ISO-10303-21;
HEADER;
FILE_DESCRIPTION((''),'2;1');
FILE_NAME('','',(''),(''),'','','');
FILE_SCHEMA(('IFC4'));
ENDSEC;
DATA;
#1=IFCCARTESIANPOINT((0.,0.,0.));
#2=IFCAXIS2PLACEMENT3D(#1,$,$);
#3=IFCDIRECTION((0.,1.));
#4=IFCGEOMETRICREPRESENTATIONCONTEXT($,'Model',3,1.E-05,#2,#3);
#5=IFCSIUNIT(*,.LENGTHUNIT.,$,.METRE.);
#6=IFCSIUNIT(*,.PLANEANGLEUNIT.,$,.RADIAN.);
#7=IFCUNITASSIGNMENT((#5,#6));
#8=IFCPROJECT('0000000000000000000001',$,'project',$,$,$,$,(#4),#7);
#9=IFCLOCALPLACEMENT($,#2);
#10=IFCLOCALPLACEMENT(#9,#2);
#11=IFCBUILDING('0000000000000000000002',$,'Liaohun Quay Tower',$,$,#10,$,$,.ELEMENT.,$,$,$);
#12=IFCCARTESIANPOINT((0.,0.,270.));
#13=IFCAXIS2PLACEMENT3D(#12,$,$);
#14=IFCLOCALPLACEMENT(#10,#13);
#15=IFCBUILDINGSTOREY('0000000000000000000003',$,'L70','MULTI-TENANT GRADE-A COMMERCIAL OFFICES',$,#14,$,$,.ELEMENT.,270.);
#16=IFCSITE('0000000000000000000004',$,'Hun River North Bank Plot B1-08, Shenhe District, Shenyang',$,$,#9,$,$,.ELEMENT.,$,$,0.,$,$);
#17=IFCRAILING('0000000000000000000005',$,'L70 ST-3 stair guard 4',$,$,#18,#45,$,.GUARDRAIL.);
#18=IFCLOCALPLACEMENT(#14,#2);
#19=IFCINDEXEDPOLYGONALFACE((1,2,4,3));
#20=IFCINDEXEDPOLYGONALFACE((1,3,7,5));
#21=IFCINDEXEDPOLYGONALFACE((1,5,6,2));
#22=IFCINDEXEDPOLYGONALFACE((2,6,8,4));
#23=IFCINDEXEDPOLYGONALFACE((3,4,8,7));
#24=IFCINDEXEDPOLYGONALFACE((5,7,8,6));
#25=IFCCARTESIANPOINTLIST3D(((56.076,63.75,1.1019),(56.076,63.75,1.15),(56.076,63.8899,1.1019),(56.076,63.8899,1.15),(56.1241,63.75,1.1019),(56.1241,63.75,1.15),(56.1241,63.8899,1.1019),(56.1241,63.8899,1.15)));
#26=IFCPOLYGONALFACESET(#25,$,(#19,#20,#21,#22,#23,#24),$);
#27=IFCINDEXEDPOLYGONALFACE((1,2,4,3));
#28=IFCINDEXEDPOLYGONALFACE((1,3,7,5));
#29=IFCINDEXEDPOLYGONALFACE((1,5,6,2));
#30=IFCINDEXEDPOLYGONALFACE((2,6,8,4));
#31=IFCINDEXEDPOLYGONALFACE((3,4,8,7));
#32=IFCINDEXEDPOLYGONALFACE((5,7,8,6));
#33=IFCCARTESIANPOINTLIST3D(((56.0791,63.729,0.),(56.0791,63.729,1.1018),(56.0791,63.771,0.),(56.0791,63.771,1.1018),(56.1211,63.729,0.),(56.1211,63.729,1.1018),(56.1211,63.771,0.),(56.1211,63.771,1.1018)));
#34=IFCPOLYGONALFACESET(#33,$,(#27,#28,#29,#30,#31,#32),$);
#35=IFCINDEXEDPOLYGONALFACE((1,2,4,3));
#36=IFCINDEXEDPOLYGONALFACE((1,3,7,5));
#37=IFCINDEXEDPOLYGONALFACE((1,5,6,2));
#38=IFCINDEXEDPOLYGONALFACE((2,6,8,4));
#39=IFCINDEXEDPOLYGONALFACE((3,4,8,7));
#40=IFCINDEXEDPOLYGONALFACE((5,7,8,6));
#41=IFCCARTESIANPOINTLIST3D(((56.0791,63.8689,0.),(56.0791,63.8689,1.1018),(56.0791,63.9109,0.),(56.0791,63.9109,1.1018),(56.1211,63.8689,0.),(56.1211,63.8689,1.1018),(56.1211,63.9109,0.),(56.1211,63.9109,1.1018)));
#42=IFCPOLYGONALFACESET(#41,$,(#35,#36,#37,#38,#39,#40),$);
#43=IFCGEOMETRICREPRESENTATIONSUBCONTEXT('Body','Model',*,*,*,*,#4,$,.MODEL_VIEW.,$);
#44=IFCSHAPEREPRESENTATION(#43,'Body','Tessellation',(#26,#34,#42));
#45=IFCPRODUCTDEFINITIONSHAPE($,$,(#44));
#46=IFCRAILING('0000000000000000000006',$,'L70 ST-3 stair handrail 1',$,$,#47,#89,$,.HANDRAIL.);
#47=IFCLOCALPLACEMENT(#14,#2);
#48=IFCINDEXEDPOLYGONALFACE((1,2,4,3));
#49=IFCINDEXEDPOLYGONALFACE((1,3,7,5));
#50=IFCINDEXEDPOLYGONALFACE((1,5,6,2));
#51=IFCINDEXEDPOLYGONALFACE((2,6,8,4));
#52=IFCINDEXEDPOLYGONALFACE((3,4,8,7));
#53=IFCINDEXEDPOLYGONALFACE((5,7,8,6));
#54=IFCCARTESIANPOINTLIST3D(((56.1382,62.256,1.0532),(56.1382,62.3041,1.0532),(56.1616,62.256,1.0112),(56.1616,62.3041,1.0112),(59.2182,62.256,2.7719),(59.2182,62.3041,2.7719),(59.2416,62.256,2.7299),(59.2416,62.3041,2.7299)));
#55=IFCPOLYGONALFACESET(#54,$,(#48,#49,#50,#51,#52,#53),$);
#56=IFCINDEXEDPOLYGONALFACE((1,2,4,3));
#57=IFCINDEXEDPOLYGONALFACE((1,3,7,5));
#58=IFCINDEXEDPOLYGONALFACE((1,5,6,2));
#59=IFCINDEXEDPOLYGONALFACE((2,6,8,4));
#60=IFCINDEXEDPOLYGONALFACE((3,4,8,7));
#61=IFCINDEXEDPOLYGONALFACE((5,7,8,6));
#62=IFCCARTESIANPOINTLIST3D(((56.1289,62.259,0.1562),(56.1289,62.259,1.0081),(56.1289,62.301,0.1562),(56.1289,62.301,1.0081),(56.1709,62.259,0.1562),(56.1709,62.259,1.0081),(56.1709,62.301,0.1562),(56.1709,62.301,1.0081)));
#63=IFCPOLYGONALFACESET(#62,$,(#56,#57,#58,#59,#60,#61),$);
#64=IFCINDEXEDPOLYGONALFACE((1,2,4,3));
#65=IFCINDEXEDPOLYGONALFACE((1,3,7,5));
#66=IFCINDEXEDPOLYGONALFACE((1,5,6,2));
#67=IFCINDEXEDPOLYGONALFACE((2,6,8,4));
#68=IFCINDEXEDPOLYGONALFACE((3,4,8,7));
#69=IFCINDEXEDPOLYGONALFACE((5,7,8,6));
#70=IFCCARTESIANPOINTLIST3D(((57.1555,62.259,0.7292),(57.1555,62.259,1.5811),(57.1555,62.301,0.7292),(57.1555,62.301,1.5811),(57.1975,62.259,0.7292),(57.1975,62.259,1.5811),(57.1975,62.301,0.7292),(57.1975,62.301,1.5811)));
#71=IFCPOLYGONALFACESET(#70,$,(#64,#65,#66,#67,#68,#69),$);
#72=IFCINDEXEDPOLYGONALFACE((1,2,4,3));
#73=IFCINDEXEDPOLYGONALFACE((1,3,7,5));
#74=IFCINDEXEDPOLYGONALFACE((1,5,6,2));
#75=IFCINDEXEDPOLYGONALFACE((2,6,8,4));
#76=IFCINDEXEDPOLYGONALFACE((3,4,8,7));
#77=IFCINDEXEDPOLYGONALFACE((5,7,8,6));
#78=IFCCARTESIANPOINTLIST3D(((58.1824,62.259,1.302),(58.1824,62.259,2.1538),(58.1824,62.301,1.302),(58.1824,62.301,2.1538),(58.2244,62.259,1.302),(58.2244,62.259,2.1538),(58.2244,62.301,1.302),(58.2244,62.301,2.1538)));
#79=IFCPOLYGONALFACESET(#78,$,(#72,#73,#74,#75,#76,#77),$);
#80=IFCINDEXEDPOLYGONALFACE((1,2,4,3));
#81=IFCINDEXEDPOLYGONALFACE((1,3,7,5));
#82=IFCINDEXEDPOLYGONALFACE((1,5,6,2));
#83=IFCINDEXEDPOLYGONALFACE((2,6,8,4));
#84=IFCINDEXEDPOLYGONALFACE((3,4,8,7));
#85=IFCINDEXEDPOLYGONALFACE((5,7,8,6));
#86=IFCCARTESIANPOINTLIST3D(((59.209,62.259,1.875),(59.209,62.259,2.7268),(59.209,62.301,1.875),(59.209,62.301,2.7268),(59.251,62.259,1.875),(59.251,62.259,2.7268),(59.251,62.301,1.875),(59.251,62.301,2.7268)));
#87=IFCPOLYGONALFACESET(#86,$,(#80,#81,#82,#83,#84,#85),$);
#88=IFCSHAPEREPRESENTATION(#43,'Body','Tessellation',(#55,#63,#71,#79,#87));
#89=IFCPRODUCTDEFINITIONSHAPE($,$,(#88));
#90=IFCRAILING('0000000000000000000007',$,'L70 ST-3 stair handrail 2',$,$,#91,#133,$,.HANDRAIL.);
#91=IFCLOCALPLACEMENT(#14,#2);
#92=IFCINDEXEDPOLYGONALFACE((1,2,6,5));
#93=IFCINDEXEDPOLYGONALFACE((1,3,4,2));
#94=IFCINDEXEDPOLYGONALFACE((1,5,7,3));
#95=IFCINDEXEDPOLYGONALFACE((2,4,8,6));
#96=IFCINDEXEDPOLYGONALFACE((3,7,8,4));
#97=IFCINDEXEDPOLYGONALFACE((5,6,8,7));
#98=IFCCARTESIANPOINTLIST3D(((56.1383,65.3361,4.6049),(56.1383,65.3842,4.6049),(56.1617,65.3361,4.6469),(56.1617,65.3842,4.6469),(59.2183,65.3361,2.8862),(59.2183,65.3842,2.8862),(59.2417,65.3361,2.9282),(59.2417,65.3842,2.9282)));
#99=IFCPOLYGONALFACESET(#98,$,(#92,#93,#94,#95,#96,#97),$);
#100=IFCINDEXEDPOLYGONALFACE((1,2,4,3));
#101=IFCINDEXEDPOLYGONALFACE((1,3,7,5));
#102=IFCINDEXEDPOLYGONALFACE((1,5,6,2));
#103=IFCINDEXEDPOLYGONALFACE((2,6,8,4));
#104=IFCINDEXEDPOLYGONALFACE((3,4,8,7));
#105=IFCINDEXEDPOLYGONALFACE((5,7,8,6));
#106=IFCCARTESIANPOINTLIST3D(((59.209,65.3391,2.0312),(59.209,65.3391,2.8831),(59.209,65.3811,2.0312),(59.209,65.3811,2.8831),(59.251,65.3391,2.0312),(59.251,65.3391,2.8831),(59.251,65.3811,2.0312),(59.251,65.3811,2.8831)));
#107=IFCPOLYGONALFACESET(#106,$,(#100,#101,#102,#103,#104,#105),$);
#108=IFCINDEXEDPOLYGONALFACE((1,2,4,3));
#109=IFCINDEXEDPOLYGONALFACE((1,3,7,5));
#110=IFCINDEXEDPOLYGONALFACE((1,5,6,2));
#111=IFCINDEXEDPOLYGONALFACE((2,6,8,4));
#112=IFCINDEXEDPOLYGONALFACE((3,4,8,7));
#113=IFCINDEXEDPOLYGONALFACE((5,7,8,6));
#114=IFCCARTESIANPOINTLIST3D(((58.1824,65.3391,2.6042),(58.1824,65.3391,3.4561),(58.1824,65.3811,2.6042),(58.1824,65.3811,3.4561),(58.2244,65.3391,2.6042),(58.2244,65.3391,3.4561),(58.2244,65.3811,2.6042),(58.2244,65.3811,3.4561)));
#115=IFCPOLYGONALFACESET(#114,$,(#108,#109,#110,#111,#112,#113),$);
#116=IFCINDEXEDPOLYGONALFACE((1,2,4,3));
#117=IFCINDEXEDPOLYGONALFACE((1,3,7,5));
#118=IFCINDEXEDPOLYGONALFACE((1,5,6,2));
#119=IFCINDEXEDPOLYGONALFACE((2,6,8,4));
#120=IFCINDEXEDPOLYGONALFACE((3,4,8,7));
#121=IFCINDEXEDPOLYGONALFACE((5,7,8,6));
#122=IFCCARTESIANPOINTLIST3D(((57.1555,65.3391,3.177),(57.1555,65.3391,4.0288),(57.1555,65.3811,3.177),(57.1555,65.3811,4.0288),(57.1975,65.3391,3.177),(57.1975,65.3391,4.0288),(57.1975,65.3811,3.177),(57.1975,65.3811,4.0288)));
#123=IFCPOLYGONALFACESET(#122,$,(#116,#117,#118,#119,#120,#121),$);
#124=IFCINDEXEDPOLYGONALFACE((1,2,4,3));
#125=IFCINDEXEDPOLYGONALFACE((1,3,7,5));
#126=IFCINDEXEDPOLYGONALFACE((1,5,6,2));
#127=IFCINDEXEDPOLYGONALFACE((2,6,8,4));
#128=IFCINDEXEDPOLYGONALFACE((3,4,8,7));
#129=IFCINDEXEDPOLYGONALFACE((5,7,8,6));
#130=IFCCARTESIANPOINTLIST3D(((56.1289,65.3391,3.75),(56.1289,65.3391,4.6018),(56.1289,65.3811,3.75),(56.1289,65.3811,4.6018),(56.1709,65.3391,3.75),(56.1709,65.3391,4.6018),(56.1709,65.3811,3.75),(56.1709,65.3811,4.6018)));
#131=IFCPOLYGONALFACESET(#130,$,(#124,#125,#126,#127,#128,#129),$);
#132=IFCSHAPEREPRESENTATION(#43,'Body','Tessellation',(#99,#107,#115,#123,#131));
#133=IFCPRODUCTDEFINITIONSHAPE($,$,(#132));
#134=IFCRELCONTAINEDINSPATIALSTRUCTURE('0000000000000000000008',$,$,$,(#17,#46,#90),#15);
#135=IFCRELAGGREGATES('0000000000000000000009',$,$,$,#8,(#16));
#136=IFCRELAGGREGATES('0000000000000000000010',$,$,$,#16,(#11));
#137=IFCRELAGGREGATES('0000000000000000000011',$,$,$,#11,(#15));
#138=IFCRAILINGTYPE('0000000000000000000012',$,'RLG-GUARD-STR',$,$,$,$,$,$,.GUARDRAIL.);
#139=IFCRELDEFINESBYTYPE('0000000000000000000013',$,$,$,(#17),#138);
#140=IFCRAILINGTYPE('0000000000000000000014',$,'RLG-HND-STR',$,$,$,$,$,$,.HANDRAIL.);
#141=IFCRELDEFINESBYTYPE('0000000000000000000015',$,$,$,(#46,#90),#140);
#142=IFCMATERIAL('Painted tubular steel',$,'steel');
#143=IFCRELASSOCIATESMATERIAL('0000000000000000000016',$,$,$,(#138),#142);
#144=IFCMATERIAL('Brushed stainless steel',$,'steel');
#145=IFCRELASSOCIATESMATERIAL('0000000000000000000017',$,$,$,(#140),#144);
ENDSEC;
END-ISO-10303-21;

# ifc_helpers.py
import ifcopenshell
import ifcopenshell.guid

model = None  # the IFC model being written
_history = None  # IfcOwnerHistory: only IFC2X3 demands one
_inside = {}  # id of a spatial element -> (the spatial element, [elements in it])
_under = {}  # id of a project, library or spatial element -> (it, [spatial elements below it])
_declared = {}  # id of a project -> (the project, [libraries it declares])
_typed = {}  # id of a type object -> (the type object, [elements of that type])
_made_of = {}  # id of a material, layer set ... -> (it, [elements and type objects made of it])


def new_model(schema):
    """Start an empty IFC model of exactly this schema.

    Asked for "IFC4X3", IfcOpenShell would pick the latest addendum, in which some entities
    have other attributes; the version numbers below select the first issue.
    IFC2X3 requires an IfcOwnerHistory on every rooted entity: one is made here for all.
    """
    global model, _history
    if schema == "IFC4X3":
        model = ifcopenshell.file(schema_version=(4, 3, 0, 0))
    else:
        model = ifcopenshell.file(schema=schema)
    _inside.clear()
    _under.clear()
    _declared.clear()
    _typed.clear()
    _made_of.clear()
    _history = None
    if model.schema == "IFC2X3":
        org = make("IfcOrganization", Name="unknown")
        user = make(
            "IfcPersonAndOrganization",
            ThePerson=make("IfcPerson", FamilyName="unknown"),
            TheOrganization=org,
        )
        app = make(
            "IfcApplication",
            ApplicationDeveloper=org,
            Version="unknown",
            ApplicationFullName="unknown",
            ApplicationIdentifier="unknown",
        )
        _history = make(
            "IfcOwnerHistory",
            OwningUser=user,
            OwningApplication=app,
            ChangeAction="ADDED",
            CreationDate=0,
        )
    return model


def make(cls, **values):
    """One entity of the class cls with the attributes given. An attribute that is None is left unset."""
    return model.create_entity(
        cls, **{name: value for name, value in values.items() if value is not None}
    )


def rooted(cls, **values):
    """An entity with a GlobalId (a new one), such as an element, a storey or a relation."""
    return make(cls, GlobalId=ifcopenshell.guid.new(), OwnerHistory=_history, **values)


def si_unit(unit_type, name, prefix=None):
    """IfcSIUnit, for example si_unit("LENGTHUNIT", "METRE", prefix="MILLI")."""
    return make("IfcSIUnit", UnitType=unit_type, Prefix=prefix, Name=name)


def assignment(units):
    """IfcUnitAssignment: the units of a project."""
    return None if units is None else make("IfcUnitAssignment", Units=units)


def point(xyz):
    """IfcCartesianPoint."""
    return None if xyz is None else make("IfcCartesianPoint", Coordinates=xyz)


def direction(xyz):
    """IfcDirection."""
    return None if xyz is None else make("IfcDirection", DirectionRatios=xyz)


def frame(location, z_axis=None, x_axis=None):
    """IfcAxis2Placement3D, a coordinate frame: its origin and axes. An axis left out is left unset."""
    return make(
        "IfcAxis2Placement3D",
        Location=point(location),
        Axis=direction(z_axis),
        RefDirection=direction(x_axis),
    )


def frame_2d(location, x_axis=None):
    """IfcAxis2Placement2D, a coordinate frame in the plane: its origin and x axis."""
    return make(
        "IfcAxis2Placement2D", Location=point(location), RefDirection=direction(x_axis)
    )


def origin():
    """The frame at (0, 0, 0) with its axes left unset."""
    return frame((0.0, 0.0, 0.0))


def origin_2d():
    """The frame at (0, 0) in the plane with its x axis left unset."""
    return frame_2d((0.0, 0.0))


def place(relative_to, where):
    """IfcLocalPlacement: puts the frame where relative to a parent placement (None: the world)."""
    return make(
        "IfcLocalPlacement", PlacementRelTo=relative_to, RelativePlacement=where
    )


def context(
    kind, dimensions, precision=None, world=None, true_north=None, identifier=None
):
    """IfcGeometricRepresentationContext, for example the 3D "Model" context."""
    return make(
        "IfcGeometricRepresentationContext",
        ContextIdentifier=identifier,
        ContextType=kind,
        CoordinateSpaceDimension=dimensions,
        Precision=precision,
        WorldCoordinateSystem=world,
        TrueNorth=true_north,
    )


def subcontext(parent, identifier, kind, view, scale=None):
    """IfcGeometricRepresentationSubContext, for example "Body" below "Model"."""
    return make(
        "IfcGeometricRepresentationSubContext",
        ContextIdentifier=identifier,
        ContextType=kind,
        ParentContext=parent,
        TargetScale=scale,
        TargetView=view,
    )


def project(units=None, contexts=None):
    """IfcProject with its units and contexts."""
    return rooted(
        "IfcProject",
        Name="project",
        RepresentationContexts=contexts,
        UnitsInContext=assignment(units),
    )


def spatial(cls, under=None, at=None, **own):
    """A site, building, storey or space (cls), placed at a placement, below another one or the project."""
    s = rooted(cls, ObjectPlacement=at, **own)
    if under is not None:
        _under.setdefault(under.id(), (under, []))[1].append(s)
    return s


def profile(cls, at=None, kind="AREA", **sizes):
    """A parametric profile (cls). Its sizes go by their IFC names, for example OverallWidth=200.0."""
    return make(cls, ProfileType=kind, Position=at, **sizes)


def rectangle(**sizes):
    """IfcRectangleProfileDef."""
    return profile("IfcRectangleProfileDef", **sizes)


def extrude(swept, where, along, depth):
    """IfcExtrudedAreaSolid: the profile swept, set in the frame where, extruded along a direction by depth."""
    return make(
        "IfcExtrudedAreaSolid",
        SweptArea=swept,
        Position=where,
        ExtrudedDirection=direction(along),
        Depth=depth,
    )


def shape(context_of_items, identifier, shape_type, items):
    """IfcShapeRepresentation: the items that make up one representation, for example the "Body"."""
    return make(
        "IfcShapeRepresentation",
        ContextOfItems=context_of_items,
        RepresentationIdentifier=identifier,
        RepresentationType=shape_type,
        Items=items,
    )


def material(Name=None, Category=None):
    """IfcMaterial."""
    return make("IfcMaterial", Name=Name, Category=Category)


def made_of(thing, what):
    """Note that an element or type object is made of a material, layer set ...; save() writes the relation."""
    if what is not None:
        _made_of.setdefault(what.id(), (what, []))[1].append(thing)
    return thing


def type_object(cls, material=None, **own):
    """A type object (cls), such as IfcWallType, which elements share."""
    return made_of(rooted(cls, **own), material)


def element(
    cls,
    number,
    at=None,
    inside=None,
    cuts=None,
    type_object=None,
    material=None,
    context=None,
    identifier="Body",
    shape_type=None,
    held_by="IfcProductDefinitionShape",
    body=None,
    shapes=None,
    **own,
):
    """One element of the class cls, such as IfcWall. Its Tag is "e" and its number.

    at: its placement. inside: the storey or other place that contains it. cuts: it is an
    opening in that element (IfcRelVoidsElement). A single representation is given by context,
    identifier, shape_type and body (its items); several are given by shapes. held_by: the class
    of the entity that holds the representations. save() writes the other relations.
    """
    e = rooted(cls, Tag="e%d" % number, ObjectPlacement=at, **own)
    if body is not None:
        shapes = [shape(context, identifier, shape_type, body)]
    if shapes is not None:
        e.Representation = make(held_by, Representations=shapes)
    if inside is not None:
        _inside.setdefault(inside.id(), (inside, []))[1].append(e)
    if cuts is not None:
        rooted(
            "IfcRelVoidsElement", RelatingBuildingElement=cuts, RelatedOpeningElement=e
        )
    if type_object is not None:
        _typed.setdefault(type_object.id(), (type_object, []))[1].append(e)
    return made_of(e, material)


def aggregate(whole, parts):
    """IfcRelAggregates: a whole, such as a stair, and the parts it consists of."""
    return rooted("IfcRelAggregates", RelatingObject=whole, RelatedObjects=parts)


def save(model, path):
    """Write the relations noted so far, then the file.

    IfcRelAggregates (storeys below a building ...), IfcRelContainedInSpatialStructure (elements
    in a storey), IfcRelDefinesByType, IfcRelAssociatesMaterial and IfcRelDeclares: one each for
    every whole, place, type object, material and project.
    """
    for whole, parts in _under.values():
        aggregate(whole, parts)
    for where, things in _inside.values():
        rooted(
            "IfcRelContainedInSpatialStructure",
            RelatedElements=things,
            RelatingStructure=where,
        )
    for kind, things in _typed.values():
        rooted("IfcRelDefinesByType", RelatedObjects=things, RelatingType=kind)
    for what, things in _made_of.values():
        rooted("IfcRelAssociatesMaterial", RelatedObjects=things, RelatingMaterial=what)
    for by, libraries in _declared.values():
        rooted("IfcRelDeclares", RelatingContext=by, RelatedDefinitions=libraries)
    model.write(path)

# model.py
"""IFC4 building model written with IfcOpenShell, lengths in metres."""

from ifc_helpers import new_model, si_unit, direction, frame, origin, origin_2d, place, context, subcontext, project, spatial, rectangle, extrude, material, type_object, element, save


model = new_model("IFC4")

# Units and contexts
model_context = context("Model", 3, precision=1e-05, world=origin(), true_north=direction((0.0, 1.0)))
body_context = subcontext(model_context, "Body", "Model", "MODEL_VIEW")
ifc_project = project(units=[si_unit("LENGTHUNIT", "METRE"), si_unit("PLANEANGLEUNIT", "RADIAN")], contexts=[model_context])

# Site, building, storey
site_placement = place(None, origin())
site = spatial("IfcSite", under=ifc_project, at=site_placement, Name="Hun River North Bank Plot B1-08, Shenhe District, Shenyang", CompositionType="ELEMENT", RefElevation=0.0)
building_placement = place(site_placement, origin())
building = spatial("IfcBuilding", under=site, at=building_placement, Name="Liaohun Quay Tower", CompositionType="ELEMENT")
storey_placement = place(building_placement, frame((0.0, 0.0, 270.0)))
storey = spatial("IfcBuildingStorey", under=building, at=storey_placement, Name="L70", Description="MULTI-TENANT GRADE-A COMMERCIAL OFFICES", CompositionType="ELEMENT", Elevation=270.0)

# Railings
ifc_material_1 = material(Name="Painted tubular steel", Category="steel")
railing_type_1 = type_object("IfcRailingType", Name="RLG-GUARD-STR", PredefinedType="GUARDRAIL", material=ifc_material_1)
railing_1_placement = place(storey_placement, frame((56.1001, 63.75, 0.0)))
element("IfcRailing", 1, at=railing_1_placement, inside=storey, type_object=railing_type_1, Name="L70 ST-3 stair guard 4", PredefinedType="GUARDRAIL", context=body_context, shape_type="SweptSolid", body=[
    extrude(rectangle(XDim=0.0481, YDim=0.0481, at=origin_2d()), frame((0.0, 0.0, 1.126), z_axis=(0.0, 1.0, 0.0), x_axis=(-1.0, 0.0, 0.0)), (0.0, 0.0, 1.0), 0.1399),
    extrude(rectangle(XDim=0.042, YDim=0.042, at=origin_2d()), origin(), (0.0, 0.0, 1.0), 1.1018),
    extrude(rectangle(XDim=0.042, YDim=0.042, at=origin_2d()), frame((0.0, 0.1399, 0.0)), (0.0, 0.0, 1.0), 1.1018),
])
ifc_material_2 = material(Name="Brushed stainless steel", Category="steel")
railing_type_2 = type_object("IfcRailingType", Name="RLG-HND-STR", PredefinedType="HANDRAIL", material=ifc_material_2)
railing_2_placement = place(storey_placement, frame((56.1499, 62.28, 0.1562)))
element("IfcRailing", 2, at=railing_2_placement, inside=storey, type_object=railing_type_2, Name="L70 ST-3 stair handrail 1", PredefinedType="HANDRAIL", context=body_context, shape_type="SweptSolid", body=[
    extrude(rectangle(XDim=0.0481, YDim=0.0481, at=origin_2d()), frame((0.0, 0.0, 0.876), z_axis=(0.873242, 0.0, 0.487288), x_axis=(0.0, 1.0, 0.0)), (0.0, 0.0, 1.0), 3.5271),
    extrude(rectangle(XDim=0.042, YDim=0.042, at=origin_2d()), origin(), (0.0, 0.0, 1.0), 0.8518),
    extrude(rectangle(XDim=0.042, YDim=0.042, at=origin_2d()), frame((1.0266, 0.0, 0.573)), (0.0, 0.0, 1.0), 0.8518),
    extrude(rectangle(XDim=0.042, YDim=0.042, at=origin_2d()), frame((2.0535, 0.0, 1.1458)), (0.0, 0.0, 1.0), 0.8518),
    extrude(rectangle(XDim=0.042, YDim=0.042, at=origin_2d()), frame((3.0801, 0.0, 1.7188)), (0.0, 0.0, 1.0), 0.8518),
])
railing_3_placement = place(storey_placement, frame((59.23, 65.3601, 2.0312)))
element("IfcRailing", 3, at=railing_3_placement, inside=storey, type_object=railing_type_2, Name="L70 ST-3 stair handrail 2", PredefinedType="HANDRAIL", context=body_context, shape_type="SweptSolid", body=[
    extrude(rectangle(XDim=0.0481, YDim=0.0481, at=origin_2d()), frame((0.0, 0.0, 0.876), z_axis=(-0.873242, 0.0, 0.487288), x_axis=(0.0, -1.0, 0.0)), (0.0, 0.0, 1.0), 3.5271),
    extrude(rectangle(XDim=0.042, YDim=0.042, at=origin_2d()), origin(), (0.0, 0.0, 1.0), 0.8518),
    extrude(rectangle(XDim=0.042, YDim=0.042, at=origin_2d()), frame((-1.0266, 0.0, 0.573)), (0.0, 0.0, 1.0), 0.8518),
    extrude(rectangle(XDim=0.042, YDim=0.042, at=origin_2d()), frame((-2.0535, 0.0, 1.1458)), (0.0, 0.0, 1.0), 0.8518),
    extrude(rectangle(XDim=0.042, YDim=0.042, at=origin_2d()), frame((-3.0801, 0.0, 1.7188)), (0.0, 0.0, 1.0), 0.8518),
])

save(model, "model.ifc")
